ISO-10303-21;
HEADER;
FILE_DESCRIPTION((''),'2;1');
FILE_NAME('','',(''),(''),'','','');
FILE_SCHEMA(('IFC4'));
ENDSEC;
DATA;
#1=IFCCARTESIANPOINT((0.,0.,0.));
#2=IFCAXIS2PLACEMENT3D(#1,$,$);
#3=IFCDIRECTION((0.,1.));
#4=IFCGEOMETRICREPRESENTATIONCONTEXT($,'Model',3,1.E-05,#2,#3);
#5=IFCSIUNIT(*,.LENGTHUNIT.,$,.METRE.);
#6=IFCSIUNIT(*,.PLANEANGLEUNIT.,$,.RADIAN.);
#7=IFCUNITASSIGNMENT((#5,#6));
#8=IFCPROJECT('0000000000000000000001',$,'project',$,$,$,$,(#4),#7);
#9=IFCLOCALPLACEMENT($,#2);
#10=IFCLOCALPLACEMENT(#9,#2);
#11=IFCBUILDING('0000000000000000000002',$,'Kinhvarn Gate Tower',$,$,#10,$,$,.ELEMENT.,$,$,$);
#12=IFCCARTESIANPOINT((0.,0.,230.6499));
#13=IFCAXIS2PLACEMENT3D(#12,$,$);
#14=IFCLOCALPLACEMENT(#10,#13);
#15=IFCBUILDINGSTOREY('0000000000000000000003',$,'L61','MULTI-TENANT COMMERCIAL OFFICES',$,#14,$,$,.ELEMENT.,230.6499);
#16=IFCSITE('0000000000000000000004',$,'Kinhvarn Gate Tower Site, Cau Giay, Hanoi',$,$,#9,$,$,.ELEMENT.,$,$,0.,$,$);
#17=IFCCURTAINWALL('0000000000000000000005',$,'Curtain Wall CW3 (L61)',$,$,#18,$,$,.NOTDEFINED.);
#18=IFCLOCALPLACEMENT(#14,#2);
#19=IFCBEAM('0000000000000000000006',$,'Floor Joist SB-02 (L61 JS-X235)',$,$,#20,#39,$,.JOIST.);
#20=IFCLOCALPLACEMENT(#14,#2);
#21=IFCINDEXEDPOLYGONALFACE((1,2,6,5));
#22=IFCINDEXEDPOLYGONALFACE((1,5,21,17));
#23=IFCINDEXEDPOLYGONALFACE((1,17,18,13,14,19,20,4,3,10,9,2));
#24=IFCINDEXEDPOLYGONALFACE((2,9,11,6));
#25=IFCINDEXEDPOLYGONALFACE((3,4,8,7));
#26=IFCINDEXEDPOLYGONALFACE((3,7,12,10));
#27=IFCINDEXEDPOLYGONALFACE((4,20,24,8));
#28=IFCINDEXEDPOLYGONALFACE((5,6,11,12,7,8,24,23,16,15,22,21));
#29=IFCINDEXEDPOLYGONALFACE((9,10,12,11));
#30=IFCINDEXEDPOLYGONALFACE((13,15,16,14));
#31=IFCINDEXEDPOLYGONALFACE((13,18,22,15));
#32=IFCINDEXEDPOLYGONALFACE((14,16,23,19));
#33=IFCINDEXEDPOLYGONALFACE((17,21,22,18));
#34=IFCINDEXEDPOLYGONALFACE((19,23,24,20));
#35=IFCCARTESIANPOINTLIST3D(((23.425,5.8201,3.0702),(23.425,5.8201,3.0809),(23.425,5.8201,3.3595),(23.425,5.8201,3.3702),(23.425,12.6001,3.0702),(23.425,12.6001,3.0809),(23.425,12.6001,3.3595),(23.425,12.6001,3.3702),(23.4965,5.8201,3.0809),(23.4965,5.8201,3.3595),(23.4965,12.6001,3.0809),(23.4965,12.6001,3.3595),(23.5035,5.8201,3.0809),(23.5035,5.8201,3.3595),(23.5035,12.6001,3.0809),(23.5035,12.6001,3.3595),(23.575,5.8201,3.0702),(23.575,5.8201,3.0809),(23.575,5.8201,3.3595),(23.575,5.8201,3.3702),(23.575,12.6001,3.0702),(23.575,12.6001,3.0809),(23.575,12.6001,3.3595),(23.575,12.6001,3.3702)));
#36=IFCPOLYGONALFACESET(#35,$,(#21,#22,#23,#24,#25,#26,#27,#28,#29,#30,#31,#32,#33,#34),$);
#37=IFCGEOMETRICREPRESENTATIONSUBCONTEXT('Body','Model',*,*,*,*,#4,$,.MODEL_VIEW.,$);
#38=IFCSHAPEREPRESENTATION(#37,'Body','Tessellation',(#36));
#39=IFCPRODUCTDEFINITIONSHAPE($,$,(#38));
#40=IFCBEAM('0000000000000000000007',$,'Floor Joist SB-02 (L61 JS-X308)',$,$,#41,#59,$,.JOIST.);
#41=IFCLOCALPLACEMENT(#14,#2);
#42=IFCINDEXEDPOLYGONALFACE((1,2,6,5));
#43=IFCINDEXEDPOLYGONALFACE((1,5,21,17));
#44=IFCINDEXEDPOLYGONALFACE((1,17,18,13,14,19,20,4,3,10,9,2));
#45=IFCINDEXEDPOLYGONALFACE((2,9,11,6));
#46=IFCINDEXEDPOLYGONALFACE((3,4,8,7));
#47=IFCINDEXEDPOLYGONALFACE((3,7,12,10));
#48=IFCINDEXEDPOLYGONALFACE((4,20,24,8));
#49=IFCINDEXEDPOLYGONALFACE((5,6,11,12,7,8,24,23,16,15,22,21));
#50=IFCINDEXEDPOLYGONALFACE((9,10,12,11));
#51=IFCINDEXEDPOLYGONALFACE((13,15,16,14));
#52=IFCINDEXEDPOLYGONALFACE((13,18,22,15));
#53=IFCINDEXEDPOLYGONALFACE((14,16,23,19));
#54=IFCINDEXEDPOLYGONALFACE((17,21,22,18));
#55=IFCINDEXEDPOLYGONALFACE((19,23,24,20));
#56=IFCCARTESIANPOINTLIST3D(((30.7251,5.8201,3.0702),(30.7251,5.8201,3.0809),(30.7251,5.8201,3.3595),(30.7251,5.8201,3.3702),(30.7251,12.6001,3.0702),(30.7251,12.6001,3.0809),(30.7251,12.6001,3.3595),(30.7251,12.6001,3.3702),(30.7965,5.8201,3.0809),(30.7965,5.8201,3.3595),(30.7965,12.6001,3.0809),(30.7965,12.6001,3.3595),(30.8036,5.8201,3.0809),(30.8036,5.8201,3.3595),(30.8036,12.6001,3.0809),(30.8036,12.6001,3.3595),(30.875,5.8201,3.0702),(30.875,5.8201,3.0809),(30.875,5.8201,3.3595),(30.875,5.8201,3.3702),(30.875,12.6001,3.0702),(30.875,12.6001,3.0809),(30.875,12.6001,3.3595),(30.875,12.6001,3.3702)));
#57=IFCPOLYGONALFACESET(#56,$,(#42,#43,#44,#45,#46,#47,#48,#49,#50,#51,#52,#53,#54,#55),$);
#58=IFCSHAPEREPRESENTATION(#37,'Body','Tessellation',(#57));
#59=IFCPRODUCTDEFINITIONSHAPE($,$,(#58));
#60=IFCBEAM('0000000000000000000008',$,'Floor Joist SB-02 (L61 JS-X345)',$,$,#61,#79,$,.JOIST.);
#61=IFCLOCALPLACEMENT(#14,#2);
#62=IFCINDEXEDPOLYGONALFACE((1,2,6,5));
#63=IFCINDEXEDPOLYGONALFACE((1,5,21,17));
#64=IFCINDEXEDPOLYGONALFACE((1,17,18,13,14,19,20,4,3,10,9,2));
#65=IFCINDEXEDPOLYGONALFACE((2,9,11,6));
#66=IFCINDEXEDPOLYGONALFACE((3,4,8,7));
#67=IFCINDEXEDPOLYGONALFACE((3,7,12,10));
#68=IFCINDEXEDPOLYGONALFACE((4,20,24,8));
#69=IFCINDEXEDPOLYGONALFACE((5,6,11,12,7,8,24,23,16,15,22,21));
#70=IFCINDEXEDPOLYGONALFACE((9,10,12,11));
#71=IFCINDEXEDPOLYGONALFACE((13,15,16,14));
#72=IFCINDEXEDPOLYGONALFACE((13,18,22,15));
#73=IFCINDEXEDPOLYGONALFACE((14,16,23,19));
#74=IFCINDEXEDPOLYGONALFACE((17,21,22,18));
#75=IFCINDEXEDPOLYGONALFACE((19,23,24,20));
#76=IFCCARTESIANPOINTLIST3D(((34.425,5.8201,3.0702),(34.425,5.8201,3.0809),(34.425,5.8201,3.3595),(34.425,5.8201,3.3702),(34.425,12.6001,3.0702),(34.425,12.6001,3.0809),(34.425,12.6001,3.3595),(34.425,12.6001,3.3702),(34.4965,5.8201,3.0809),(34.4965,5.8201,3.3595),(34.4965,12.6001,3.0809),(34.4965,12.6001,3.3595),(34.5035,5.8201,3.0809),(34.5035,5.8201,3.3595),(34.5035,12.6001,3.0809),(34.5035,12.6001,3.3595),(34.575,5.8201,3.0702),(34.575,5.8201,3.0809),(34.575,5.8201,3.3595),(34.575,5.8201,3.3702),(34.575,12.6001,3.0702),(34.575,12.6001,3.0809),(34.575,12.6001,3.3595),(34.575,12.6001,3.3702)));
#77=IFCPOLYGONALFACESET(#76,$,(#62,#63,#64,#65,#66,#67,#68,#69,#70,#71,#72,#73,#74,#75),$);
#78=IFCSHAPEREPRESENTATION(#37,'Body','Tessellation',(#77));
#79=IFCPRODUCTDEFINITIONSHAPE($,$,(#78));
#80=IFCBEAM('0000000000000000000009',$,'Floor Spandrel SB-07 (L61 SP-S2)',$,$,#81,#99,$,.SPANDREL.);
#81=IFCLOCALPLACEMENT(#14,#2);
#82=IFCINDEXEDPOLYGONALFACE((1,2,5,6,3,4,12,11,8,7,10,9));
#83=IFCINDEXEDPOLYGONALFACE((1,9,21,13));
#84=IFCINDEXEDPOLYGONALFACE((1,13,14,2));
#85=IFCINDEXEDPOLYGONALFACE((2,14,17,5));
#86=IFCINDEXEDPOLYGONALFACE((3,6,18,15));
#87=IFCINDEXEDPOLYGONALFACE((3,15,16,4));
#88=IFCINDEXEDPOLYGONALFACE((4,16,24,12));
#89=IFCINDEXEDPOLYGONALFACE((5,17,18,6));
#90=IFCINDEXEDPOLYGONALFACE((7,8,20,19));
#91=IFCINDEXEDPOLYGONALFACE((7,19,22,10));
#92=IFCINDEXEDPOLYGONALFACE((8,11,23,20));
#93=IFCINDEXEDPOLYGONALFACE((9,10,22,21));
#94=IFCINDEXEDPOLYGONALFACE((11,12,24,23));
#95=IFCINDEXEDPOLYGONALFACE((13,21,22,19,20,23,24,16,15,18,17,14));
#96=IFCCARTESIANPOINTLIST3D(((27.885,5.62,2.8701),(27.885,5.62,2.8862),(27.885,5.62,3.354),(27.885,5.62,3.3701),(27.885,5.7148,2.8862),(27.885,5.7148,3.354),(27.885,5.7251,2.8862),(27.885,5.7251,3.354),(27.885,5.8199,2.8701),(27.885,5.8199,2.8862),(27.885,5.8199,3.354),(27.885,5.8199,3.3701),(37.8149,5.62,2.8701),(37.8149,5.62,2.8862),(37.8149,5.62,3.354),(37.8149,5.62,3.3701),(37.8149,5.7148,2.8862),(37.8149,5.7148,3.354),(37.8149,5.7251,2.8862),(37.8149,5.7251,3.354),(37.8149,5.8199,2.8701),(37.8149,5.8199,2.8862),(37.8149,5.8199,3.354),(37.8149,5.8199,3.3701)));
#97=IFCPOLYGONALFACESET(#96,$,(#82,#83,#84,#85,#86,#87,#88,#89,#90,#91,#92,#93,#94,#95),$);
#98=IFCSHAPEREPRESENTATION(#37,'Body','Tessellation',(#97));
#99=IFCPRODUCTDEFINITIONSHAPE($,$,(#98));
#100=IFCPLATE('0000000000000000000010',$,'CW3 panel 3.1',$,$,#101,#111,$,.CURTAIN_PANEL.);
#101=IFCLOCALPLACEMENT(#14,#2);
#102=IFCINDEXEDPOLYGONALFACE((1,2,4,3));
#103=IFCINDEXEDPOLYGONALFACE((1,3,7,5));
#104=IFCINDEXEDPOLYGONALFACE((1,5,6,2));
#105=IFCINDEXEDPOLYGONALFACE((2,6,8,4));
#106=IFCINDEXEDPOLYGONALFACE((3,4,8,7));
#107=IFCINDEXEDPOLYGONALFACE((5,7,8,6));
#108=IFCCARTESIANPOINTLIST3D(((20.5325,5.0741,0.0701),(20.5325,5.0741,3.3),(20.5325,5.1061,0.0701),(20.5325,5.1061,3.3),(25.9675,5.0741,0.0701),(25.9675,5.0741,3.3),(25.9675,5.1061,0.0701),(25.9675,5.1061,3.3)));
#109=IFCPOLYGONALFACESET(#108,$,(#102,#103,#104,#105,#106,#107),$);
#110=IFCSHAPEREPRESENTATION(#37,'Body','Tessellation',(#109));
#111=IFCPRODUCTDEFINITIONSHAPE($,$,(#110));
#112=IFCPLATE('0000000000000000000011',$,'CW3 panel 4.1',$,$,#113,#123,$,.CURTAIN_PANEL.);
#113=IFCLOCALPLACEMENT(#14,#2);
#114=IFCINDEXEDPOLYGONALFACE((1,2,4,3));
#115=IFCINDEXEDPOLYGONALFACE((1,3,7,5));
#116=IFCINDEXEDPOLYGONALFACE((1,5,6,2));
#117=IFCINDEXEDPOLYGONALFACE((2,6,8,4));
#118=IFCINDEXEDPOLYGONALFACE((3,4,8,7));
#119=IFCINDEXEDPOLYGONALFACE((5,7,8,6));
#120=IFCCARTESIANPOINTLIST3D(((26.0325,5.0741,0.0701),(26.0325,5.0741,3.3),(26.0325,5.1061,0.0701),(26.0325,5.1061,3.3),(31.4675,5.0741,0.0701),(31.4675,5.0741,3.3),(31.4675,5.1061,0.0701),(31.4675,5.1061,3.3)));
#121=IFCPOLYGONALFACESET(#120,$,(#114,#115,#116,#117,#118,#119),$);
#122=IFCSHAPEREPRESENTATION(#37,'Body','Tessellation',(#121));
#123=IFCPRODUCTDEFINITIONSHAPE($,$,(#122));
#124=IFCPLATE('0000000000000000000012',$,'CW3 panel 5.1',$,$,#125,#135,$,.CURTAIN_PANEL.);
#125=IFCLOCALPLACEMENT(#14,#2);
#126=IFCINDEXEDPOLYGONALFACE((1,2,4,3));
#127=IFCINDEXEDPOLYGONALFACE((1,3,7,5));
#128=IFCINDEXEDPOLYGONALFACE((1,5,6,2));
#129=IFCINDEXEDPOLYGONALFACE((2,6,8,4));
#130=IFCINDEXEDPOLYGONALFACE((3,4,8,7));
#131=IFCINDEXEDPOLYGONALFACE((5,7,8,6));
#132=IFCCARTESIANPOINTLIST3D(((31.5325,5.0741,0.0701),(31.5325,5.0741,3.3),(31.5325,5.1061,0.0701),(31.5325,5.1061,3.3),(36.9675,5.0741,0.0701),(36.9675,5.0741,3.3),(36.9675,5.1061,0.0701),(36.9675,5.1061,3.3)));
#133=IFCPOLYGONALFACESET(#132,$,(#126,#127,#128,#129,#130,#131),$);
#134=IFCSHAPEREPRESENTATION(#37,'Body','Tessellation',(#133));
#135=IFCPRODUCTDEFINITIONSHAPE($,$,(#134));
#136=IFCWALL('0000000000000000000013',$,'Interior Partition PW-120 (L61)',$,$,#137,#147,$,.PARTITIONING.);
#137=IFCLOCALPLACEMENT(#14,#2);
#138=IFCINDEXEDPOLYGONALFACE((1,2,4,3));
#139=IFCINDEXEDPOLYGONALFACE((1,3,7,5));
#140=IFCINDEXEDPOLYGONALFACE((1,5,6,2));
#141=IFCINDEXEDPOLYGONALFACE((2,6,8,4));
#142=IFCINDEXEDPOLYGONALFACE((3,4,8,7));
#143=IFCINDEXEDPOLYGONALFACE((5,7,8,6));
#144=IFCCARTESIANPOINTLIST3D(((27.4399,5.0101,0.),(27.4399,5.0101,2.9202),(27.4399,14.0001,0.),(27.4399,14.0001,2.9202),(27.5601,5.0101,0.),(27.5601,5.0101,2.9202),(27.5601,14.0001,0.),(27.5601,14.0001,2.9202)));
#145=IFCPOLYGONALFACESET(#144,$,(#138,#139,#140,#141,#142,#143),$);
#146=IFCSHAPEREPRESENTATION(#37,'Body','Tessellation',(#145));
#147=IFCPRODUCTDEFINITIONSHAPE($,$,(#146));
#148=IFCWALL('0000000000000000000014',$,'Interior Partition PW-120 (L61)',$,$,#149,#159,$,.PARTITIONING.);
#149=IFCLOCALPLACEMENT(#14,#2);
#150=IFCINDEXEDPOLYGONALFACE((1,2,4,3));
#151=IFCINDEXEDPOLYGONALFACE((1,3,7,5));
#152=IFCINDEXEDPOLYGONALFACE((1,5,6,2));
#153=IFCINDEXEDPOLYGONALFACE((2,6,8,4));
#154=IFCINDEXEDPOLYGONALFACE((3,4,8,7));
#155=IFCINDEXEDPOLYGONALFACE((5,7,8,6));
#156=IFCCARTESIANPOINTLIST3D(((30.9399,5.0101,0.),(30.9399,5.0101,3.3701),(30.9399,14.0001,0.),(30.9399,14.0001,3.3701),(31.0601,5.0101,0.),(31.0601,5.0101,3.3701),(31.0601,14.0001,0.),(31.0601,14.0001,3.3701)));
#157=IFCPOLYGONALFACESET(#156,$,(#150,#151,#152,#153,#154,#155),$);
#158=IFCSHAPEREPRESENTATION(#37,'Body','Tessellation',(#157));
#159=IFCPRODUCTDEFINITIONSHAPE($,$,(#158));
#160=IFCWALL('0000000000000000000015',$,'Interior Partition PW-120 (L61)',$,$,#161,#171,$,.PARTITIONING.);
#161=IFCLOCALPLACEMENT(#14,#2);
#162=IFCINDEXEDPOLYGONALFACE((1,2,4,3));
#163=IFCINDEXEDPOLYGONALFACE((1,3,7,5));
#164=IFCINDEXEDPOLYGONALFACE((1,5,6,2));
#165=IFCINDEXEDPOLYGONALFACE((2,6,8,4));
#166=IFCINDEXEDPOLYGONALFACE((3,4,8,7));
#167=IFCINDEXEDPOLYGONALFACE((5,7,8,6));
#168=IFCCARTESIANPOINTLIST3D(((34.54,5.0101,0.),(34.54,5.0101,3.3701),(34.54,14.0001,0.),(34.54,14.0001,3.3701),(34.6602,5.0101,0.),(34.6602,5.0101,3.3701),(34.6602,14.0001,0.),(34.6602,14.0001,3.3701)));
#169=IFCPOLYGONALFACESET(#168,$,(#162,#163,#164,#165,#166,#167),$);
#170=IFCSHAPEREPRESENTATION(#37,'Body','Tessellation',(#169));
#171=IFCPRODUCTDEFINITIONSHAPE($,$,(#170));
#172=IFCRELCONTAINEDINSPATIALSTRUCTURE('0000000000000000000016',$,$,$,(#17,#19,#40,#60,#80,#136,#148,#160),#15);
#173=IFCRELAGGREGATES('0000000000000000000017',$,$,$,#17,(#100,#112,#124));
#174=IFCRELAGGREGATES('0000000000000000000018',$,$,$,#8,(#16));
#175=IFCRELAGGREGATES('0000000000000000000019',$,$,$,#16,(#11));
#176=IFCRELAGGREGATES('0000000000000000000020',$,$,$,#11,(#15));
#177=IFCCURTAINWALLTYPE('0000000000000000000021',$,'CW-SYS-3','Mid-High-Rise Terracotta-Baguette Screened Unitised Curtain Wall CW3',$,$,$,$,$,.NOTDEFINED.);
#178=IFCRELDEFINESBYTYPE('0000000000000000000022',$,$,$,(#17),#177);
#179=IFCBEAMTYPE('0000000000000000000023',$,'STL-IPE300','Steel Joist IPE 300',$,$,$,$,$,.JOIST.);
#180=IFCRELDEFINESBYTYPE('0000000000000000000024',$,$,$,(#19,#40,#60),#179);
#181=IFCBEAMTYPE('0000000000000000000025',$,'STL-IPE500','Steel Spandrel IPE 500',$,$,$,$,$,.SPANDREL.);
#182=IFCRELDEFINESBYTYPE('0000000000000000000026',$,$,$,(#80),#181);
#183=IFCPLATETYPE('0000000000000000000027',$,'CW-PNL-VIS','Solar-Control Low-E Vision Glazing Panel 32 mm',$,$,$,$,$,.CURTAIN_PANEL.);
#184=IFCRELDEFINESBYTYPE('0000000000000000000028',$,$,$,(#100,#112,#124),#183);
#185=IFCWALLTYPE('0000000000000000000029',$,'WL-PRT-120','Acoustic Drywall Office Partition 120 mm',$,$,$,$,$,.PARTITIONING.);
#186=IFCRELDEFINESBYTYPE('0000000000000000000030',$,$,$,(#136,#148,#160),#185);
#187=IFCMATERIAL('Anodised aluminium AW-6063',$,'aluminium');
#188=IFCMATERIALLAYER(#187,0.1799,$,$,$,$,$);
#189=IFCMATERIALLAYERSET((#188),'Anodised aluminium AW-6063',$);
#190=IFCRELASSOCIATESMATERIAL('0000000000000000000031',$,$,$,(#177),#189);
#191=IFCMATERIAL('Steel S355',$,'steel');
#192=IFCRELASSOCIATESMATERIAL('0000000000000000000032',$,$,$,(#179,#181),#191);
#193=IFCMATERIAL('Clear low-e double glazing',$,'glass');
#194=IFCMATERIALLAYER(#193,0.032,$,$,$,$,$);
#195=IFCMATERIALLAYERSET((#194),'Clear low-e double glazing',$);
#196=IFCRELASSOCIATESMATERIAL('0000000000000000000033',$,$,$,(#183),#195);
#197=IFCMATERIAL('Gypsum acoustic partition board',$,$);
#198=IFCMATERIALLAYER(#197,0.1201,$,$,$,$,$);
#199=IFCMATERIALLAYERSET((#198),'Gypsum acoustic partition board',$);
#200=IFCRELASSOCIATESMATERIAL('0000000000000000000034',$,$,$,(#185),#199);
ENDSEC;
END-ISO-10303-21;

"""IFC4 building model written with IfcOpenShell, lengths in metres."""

from ifc_helpers import new_model, si_unit, direction, frame, frame_2d, origin, origin_2d, place, context, subcontext, project, spatial, rectangle, i_section, extrude, material, layer, layer_set, material_profile, profile_set, type_object, element, aggregate, save


model = new_model("IFC4")

# Units and contexts
model_context = context("Model", 3, precision=1e-05, world=origin(), true_north=direction((0.0, 1.0)))
body_context = subcontext(model_context, "Body", "Model", "MODEL_VIEW")
ifc_project = project(units=[si_unit("LENGTHUNIT", "METRE"), si_unit("PLANEANGLEUNIT", "RADIAN")], contexts=[model_context])

# Site, building, storey
site_placement = place(None, origin())
site = spatial("IfcSite", under=ifc_project, at=site_placement, Name="Kinhvarn Gate Tower Site, Cau Giay, Hanoi", CompositionType="ELEMENT", RefElevation=0.0)
building_placement = place(site_placement, origin())
building = spatial("IfcBuilding", under=site, at=building_placement, Name="Kinhvarn Gate Tower", CompositionType="ELEMENT")
storey_placement = place(building_placement, frame((0.0, 0.0, 230.6499)))
storey = spatial("IfcBuildingStorey", under=building, at=storey_placement, Name="L61", Description="MULTI-TENANT COMMERCIAL OFFICES", CompositionType="ELEMENT", Elevation=230.6499)

# Curtain wall
ifc_material_1 = material(Name="Anodised aluminium AW-6063", Category="aluminium")
ifc_layer_1 = layer(ifc_material_1, 0.1799)
ifc_layer_set_1 = layer_set([ifc_layer_1], Name="Anodised aluminium AW-6063")
curtain_wall_type = type_object("IfcCurtainWallType", Name="CW-SYS-3", Description="Mid-High-Rise Terracotta-Baguette Screened Unitised Curtain Wall CW3", PredefinedType="NOTDEFINED", material=ifc_layer_set_1)
curtain_wall_placement = place(storey_placement, origin())
curtain_wall = element("IfcCurtainWall", 1, at=curtain_wall_placement, inside=storey, type_object=curtain_wall_type, Name="Curtain Wall CW3 (L61)", PredefinedType="NOTDEFINED")

# Beams
ifc_material_2 = material(Name="Steel S355", Category="steel")
ifc_material_profile_1 = material_profile(ifc_material_2, i_section(OverallWidth=0.1499, OverallDepth=0.3, WebThickness=0.0071, FlangeThickness=0.0107, at=origin_2d()), Name="IPE 300")
ifc_profile_set_1 = profile_set([ifc_material_profile_1], Name="Steel S355")
beam_type_1 = type_object("IfcBeamType", Name="STL-IPE300", Description="Steel Joist IPE 300", PredefinedType="JOIST", material=ifc_profile_set_1)
for number, where, z_axis, x_axis, name in (
    (2, (23.5, 5.8201, 3.2202), (0.0, 1.0, 0.0), (-1.0, 0.0, 0.0), "Floor Joist SB-02 (L61 JS-X235)"),
    (3, (30.8, 5.8201, 3.2202), (0.0, 1.0, 0.0), (-1.0, 0.0, 0.0), "Floor Joist SB-02 (L61 JS-X308)"),
    (4, (34.5, 5.8201, 3.2202), (0.0, 1.0, 0.0), (-1.0, 0.0, 0.0), "Floor Joist SB-02 (L61 JS-X345)"),
):
    element("IfcBeam", number, at=place(storey_placement, frame(where, z_axis=z_axis, x_axis=x_axis)), inside=storey, type_object=beam_type_1, Name=name, PredefinedType="JOIST", context=body_context, shape_type="SweptSolid", body=[
        extrude(i_section(OverallWidth=0.1499, OverallDepth=0.3, WebThickness=0.0071, FlangeThickness=0.0107, at=origin_2d()), origin(), (0.0, 0.0, 1.0), 6.78),
    ])
ifc_material_profile_2 = material_profile(ifc_material_2, i_section(OverallWidth=0.2, OverallDepth=0.5, WebThickness=0.0103, FlangeThickness=0.0161, at=origin_2d()), Name="IPE 500")
ifc_profile_set_2 = profile_set([ifc_material_profile_2], Name="Steel S355")
beam_type_2 = type_object("IfcBeamType", Name="STL-IPE500", Description="Steel Spandrel IPE 500", PredefinedType="SPANDREL", material=ifc_profile_set_2)
beam_1_placement = place(storey_placement, frame((27.885, 5.72, 3.1201), z_axis=(1.0, 0.0, 0.0), x_axis=(0.0, 1.0, 0.0)))
element("IfcBeam", 5, at=beam_1_placement, inside=storey, type_object=beam_type_2, Name="Floor Spandrel SB-07 (L61 SP-S2)", PredefinedType="SPANDREL", context=body_context, shape_type="SweptSolid", body=[
    extrude(i_section(OverallWidth=0.2, OverallDepth=0.5, WebThickness=0.0103, FlangeThickness=0.0161, at=origin_2d()), origin(), (0.0, 0.0, 1.0), 9.9299),
])

# Plates
ifc_material_3 = material(Name="Clear low-e double glazing", Category="glass")
ifc_layer_2 = layer(ifc_material_3, 0.032)
ifc_layer_set_2 = layer_set([ifc_layer_2], Name="Clear low-e double glazing")
plate_type = type_object("IfcPlateType", Name="CW-PNL-VIS", Description="Solar-Control Low-E Vision Glazing Panel 32 mm", PredefinedType="CURTAIN_PANEL", material=ifc_layer_set_2)
plate_1_placement = place(storey_placement, frame((23.25, 5.0901, 0.0701), z_axis=(0.0, 0.0, 1.0), x_axis=(1.0, 0.0, 0.0)))
plate_1 = element("IfcPlate", 6, at=plate_1_placement, type_object=plate_type, Name="CW3 panel 3.1", PredefinedType="CURTAIN_PANEL", context=body_context, shape_type="SweptSolid", body=[
    extrude(rectangle(XDim=5.4351, YDim=0.032, at=origin_2d()), origin(), (0.0, 0.0, 1.0), 3.23),
])
plate_2_placement = place(storey_placement, frame((28.75, 5.0901, 0.0701), z_axis=(0.0, 0.0, 1.0), x_axis=(1.0, 0.0, 0.0)))
plate_2 = element("IfcPlate", 7, at=plate_2_placement, type_object=plate_type, Name="CW3 panel 4.1", PredefinedType="CURTAIN_PANEL", context=body_context, shape_type="SweptSolid", body=[
    extrude(rectangle(XDim=5.4351, YDim=0.032, at=origin_2d()), origin(), (0.0, 0.0, 1.0), 3.23),
])
plate_3_placement = place(storey_placement, frame((34.25, 5.0901, 0.0701), z_axis=(0.0, 0.0, 1.0), x_axis=(1.0, 0.0, 0.0)))
plate_3 = element("IfcPlate", 8, at=plate_3_placement, type_object=plate_type, Name="CW3 panel 5.1", PredefinedType="CURTAIN_PANEL", context=body_context, shape_type="SweptSolid", body=[
    extrude(rectangle(XDim=5.4351, YDim=0.032, at=origin_2d()), origin(), (0.0, 0.0, 1.0), 3.23),
])
aggregate(curtain_wall, [plate_1, plate_2, plate_3])

# Walls
ifc_material_4 = material(Name="Gypsum acoustic partition board")
ifc_layer_3 = layer(ifc_material_4, 0.1201)
ifc_layer_set_3 = layer_set([ifc_layer_3], Name="Gypsum acoustic partition board")
wall_type = type_object("IfcWallType", Name="WL-PRT-120", Description="Acoustic Drywall Office Partition 120 mm", PredefinedType="PARTITIONING", material=ifc_layer_set_3)
wall_placement = place(storey_placement, frame((27.5, 5.01, 0.0), z_axis=(0.0, 0.0, 1.0), x_axis=(0.0, 1.0, 0.0)))
element("IfcWall", 9, at=wall_placement, inside=storey, type_object=wall_type, Name="Interior Partition PW-120 (L61)", PredefinedType="PARTITIONING", context=body_context, shape_type="SweptSolid", body=[
    extrude(rectangle(XDim=8.99, YDim=0.1201, at=frame_2d((4.4951, 0.0))), origin(), (0.0, 0.0, 1.0), 2.9202),
])
for number, where, z_axis, x_axis, name in (
    (10, (31.0, 5.01, 0.0), (0.0, 0.0, 1.0), (0.0, 1.0, 0.0), "Interior Partition PW-120 (L61)"),
    (11, (34.6001, 5.01, 0.0), (0.0, 0.0, 1.0), (0.0, 1.0, 0.0), "Interior Partition PW-120 (L61)"),
):
    element("IfcWall", number, at=place(storey_placement, frame(where, z_axis=z_axis, x_axis=x_axis)), inside=storey, type_object=wall_type, Name=name, PredefinedType="PARTITIONING", context=body_context, shape_type="SweptSolid", body=[
        extrude(rectangle(XDim=8.99, YDim=0.1201, at=frame_2d((4.4951, 0.0))), origin(), (0.0, 0.0, 1.0), 3.3701),
    ])

save(model, "model.ifc")
